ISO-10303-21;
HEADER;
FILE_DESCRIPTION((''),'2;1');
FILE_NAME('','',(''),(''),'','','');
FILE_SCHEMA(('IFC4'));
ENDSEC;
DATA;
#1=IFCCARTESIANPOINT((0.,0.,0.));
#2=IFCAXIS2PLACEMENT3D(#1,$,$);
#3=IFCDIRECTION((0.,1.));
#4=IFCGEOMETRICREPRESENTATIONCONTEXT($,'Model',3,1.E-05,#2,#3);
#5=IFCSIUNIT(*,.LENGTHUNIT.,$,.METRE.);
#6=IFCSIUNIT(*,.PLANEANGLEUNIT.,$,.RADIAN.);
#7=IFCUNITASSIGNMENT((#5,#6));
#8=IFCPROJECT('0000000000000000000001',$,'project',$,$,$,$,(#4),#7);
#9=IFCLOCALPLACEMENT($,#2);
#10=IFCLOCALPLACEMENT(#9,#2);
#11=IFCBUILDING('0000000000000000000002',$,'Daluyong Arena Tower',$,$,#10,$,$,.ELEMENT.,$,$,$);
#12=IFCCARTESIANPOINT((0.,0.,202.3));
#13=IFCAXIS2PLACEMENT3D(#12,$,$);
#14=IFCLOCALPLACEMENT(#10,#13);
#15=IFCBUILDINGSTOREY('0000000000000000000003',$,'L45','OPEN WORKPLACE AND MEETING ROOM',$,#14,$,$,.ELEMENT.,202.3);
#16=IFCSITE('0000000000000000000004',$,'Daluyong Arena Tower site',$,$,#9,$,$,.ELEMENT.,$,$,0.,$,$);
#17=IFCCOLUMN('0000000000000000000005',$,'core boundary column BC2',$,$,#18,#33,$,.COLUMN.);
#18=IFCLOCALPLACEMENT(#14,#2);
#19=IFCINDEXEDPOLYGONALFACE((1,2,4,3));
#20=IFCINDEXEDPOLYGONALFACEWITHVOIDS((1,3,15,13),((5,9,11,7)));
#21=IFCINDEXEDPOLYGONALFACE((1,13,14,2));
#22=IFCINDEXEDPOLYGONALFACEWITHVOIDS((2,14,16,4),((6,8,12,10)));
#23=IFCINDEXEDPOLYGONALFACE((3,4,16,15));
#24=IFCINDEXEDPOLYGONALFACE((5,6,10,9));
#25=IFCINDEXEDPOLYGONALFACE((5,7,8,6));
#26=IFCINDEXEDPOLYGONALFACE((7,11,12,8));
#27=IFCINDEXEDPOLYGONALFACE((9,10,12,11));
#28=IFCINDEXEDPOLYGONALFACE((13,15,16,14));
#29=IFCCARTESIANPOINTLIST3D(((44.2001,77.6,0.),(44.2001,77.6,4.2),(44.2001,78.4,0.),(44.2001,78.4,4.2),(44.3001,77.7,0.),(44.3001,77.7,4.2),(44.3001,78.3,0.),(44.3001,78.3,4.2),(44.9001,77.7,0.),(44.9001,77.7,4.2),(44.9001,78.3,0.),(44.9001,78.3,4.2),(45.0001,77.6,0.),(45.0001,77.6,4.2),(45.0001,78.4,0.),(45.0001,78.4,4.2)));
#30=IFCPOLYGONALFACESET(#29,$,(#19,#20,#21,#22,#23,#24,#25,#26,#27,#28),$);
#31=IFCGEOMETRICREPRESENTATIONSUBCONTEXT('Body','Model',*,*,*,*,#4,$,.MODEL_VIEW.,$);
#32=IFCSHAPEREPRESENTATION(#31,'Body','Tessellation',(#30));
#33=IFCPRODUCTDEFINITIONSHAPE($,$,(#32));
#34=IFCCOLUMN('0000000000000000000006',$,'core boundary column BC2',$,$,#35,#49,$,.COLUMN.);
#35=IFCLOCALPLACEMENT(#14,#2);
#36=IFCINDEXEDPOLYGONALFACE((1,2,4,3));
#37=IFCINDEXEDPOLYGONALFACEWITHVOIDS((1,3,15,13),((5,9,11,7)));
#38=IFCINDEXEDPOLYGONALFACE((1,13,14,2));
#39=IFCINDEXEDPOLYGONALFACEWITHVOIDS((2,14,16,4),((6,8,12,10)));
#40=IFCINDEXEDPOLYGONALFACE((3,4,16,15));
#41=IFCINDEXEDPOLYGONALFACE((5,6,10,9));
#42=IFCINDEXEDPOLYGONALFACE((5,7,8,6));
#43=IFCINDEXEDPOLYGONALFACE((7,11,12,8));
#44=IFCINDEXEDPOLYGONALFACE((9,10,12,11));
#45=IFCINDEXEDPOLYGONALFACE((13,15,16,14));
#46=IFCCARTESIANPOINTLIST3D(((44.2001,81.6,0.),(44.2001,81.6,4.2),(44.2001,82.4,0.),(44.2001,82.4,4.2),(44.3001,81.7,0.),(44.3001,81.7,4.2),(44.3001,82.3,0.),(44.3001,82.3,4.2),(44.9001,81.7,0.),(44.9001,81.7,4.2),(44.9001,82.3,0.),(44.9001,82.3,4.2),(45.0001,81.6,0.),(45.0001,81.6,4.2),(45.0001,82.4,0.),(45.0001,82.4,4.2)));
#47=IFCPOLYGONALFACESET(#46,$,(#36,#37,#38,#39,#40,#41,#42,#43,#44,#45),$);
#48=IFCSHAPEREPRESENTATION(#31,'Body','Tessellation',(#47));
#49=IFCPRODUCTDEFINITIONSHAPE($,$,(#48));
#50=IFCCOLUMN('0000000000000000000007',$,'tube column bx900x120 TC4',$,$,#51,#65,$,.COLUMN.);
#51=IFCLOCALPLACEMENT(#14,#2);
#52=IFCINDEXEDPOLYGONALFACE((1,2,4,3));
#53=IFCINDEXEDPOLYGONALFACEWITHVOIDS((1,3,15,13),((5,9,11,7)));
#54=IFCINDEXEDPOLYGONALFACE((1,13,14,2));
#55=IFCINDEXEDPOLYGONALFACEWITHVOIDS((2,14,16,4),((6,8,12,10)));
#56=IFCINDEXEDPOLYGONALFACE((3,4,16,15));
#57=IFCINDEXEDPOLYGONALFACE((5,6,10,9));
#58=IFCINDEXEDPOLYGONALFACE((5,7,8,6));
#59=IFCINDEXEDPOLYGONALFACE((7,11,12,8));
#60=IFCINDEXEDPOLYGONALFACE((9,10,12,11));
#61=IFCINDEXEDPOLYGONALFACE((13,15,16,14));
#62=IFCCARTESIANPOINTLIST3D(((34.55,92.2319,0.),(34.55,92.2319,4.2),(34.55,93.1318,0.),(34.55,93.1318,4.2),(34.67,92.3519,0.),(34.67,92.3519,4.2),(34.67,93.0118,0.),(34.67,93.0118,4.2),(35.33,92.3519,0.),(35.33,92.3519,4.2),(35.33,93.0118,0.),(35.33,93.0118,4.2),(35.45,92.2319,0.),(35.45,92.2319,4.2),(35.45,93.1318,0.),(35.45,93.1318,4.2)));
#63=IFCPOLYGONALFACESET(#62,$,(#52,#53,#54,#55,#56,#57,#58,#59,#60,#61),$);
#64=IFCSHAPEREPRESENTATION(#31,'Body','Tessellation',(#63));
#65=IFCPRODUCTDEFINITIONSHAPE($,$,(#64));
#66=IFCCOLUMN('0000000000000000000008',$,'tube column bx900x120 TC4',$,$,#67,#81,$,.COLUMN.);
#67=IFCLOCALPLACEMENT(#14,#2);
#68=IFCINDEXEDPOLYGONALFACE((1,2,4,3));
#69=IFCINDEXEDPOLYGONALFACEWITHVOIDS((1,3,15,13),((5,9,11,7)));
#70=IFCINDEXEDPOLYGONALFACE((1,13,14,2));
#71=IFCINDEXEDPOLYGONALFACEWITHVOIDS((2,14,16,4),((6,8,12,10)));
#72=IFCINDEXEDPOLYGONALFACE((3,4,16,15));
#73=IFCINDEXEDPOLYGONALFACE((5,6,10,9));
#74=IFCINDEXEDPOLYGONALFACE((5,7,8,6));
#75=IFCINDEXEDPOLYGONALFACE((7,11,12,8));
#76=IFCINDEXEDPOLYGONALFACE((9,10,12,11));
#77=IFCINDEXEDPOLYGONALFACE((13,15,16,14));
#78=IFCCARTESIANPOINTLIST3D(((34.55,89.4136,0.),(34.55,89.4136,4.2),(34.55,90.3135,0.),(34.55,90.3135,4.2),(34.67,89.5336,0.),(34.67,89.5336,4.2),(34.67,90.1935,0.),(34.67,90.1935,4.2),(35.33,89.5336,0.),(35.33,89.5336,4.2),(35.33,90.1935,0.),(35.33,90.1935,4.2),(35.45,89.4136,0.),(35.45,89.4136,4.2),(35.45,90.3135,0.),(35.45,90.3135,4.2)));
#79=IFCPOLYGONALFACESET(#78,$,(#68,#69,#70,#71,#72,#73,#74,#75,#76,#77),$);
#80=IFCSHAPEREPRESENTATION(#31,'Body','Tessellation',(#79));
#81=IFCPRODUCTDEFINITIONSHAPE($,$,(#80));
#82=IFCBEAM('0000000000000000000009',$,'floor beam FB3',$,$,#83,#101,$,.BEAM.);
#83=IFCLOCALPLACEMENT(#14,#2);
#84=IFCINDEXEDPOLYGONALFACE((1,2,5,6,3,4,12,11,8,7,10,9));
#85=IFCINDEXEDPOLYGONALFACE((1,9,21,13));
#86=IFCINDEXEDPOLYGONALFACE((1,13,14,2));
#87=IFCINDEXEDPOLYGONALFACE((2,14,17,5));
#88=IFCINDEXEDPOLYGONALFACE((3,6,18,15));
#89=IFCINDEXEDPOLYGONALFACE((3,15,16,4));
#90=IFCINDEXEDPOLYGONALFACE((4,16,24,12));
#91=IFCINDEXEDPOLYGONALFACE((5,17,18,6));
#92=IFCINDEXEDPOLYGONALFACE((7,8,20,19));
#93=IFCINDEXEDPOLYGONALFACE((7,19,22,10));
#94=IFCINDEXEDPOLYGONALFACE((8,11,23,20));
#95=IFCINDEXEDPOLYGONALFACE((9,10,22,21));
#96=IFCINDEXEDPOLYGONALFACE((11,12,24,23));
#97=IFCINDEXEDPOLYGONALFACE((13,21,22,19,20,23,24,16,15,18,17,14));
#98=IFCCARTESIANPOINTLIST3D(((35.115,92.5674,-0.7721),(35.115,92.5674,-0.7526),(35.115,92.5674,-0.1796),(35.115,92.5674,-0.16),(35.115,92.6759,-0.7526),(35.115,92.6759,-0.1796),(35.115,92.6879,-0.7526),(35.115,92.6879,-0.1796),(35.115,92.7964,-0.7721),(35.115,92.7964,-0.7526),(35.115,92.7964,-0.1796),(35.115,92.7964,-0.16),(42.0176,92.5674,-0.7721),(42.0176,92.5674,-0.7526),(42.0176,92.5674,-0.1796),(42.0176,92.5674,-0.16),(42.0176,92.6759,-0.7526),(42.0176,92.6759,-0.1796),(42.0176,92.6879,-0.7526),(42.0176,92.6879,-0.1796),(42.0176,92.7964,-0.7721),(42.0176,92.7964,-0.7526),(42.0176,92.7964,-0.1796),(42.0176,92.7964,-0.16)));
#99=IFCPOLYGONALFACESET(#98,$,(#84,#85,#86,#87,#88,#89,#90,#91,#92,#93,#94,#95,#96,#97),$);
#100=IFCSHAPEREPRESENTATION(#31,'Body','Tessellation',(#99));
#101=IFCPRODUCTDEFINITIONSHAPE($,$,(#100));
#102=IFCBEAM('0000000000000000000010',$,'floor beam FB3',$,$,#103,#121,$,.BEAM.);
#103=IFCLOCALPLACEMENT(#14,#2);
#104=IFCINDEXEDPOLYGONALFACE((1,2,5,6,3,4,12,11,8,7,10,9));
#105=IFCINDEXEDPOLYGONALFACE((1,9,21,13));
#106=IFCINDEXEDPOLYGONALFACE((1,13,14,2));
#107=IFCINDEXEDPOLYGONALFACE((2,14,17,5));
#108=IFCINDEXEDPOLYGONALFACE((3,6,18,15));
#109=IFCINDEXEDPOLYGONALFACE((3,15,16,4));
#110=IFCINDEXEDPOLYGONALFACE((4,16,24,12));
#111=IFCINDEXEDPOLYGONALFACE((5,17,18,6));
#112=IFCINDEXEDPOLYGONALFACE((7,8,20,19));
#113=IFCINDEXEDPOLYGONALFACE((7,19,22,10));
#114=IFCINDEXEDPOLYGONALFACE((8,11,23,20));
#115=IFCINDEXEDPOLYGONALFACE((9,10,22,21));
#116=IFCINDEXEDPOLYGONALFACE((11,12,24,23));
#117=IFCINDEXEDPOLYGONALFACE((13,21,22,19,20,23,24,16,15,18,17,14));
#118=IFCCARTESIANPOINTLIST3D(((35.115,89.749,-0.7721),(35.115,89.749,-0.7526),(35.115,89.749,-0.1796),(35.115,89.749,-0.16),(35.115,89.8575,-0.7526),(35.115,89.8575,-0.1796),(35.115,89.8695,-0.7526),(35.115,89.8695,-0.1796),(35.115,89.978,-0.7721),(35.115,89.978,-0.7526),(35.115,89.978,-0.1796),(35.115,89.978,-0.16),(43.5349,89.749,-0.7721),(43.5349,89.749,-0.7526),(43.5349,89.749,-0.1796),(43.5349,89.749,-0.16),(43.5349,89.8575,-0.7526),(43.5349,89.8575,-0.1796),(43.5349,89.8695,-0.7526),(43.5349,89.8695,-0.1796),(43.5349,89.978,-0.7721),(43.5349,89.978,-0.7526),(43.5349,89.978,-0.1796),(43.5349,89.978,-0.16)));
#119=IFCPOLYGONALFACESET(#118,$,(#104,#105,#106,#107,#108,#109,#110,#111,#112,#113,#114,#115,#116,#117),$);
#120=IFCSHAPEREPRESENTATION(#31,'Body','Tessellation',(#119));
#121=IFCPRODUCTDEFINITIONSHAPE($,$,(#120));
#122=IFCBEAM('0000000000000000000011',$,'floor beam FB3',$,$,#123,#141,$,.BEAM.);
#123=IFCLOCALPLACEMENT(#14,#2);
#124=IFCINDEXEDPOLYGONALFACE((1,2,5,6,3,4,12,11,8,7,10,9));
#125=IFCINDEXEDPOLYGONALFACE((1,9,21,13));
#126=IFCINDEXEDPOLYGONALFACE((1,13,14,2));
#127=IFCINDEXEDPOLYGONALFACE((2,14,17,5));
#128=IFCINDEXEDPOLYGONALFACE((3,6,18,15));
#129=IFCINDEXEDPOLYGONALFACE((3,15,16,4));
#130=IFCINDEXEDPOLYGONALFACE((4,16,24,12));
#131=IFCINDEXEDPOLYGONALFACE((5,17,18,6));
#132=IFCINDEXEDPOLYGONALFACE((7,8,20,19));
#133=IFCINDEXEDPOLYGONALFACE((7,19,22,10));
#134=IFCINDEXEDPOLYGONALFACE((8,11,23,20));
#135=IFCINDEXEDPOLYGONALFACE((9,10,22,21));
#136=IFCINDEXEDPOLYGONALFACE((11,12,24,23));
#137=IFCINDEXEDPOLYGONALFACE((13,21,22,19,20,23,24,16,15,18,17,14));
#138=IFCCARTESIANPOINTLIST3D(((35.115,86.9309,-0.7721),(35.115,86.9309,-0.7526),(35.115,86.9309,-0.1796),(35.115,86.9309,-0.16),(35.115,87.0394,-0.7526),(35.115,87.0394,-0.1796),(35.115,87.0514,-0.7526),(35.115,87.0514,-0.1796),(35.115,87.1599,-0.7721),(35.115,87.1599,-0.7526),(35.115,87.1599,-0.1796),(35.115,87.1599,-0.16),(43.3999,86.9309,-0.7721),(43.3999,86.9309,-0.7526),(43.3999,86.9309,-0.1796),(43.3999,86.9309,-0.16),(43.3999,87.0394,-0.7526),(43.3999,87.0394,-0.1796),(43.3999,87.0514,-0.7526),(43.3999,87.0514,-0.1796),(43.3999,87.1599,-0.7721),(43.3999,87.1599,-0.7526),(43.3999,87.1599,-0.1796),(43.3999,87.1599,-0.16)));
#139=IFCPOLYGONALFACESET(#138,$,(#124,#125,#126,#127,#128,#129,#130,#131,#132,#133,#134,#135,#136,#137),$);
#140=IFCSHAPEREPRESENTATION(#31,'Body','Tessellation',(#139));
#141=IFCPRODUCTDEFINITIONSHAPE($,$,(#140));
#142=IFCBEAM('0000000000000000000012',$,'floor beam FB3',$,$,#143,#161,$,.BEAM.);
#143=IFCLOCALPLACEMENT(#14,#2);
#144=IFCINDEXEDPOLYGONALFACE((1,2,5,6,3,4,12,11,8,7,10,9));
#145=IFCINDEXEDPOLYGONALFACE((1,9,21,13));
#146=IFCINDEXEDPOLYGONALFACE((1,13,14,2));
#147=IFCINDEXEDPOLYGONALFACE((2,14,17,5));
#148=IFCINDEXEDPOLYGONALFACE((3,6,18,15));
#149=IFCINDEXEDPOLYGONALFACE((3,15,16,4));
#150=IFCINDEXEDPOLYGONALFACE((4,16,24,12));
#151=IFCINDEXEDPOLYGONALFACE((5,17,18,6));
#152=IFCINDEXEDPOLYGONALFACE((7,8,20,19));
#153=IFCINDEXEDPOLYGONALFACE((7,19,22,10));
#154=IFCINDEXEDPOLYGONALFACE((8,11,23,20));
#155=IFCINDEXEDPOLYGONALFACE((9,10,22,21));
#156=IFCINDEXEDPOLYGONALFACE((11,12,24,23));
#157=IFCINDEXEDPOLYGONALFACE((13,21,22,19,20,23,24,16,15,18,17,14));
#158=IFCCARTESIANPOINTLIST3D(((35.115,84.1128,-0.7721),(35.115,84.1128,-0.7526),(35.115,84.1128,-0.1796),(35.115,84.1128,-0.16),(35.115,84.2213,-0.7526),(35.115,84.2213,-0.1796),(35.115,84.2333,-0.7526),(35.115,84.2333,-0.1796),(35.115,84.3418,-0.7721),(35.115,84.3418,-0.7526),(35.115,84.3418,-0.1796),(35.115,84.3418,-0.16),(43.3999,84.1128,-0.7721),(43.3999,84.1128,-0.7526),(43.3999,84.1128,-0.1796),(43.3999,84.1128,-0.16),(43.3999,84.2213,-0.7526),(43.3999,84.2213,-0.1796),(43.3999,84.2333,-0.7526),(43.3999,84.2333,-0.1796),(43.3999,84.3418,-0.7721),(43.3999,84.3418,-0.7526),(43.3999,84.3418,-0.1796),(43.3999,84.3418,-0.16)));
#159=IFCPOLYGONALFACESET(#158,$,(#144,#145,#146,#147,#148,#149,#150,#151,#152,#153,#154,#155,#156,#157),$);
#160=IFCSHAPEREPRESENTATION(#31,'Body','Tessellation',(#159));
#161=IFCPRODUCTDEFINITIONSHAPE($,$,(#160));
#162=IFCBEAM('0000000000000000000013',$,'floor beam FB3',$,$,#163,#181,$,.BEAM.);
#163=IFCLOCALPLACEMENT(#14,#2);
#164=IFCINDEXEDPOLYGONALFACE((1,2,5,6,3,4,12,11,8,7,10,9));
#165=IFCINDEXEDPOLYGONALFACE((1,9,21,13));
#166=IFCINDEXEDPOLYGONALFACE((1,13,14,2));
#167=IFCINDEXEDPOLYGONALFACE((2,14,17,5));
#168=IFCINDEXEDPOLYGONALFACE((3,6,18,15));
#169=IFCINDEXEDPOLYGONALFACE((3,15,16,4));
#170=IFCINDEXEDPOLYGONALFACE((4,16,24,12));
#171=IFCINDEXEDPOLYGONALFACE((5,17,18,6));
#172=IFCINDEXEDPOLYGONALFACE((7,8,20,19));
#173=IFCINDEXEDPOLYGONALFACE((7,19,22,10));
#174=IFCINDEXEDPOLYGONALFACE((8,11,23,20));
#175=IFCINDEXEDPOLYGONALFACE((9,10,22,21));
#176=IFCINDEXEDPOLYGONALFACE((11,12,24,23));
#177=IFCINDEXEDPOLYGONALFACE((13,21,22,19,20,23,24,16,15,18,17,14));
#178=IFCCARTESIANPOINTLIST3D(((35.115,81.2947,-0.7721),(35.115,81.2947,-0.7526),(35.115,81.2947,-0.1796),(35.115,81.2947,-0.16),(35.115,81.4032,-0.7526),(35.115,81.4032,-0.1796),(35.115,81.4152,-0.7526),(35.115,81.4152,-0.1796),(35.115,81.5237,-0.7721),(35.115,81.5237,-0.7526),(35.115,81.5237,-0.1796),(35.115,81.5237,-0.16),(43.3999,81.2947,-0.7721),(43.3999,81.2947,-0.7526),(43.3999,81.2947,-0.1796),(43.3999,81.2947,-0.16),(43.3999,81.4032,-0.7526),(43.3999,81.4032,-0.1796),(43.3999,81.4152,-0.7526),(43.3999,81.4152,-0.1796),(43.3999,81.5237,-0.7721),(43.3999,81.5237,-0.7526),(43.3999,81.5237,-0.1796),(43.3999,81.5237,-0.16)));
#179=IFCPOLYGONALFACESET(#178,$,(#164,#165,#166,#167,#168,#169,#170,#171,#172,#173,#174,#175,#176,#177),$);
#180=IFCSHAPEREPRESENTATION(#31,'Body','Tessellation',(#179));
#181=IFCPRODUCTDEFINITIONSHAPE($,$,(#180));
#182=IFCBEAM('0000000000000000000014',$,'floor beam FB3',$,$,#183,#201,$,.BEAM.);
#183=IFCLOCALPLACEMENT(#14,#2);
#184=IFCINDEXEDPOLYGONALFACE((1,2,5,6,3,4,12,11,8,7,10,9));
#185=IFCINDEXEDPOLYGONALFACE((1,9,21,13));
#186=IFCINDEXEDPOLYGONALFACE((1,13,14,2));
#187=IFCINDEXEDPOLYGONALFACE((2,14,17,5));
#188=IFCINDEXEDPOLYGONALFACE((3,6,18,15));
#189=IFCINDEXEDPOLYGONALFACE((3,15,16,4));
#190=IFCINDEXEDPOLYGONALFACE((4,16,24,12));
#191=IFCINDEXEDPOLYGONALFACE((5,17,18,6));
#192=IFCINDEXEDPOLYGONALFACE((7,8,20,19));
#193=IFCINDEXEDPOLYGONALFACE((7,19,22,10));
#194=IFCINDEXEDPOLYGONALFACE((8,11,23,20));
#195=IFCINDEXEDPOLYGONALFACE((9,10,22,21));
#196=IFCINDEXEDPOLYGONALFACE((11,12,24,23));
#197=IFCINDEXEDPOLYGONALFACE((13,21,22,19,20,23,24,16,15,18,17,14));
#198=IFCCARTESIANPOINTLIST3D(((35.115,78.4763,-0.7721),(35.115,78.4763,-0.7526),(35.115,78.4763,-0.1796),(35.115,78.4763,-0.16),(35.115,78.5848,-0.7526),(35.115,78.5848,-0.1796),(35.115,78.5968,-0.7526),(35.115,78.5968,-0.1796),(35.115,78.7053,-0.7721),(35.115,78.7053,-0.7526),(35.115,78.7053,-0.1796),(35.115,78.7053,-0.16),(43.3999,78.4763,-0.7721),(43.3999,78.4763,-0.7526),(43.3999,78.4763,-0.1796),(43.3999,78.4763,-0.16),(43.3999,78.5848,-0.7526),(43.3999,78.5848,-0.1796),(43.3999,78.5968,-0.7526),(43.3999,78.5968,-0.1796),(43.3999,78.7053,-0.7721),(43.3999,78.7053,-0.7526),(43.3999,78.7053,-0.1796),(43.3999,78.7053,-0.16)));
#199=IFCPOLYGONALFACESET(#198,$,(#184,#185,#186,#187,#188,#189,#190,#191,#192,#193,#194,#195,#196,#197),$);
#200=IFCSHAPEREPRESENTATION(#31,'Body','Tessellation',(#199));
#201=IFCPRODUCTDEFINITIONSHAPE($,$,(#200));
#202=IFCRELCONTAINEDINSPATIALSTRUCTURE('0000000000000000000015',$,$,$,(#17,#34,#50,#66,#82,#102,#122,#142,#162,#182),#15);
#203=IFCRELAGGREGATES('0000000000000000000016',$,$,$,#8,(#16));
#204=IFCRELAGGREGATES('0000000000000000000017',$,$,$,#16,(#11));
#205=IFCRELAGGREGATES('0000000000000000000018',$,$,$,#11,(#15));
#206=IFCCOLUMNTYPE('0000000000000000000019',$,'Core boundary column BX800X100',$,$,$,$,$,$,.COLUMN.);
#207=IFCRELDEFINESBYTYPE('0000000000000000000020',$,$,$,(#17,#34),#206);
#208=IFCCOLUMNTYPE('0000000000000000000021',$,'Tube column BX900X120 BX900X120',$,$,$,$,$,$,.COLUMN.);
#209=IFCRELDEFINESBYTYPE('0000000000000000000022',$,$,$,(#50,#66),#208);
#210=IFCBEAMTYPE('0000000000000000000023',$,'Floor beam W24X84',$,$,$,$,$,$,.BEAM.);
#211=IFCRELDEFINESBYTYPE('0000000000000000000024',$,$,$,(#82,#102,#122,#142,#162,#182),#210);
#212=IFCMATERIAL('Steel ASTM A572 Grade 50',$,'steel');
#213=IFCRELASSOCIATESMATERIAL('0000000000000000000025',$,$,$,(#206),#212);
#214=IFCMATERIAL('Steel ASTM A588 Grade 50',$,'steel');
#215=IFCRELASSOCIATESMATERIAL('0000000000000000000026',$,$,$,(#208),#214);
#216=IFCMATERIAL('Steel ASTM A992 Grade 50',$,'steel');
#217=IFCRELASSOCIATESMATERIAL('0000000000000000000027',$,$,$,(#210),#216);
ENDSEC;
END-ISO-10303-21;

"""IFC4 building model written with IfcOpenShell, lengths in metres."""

from ifc_helpers import new_model, si_unit, direction, frame, origin, origin_2d, place, context, subcontext, project, spatial, hollow_rectangle, i_section, extrude, material, material_profile, profile_set, type_object, element, save


model = new_model("IFC4")

# Units and contexts
model_context = context("Model", 3, precision=1e-05, world=origin(), true_north=direction((0.0, 1.0)))
body_context = subcontext(model_context, "Body", "Model", "MODEL_VIEW")
ifc_project = project(units=[si_unit("LENGTHUNIT", "METRE"), si_unit("PLANEANGLEUNIT", "RADIAN")], contexts=[model_context])

# Site, building, storey
site_placement = place(None, origin())
site = spatial("IfcSite", under=ifc_project, at=site_placement, Name="Daluyong Arena Tower site", CompositionType="ELEMENT", RefElevation=0.0)
building_placement = place(site_placement, origin())
building = spatial("IfcBuilding", under=site, at=building_placement, Name="Daluyong Arena Tower", CompositionType="ELEMENT")
storey_placement = place(building_placement, frame((0.0, 0.0, 202.3)))
storey = spatial("IfcBuildingStorey", under=building, at=storey_placement, Name="L45", Description="OPEN WORKPLACE AND MEETING ROOM", CompositionType="ELEMENT", Elevation=202.3)

# Columns
ifc_material_1 = material(Name="Steel ASTM A572 Grade 50", Category="steel")
ifc_material_profile_1 = material_profile(ifc_material_1, hollow_rectangle(XDim=0.8, YDim=0.8, WallThickness=0.1, at=origin_2d()))
ifc_profile_set_1 = profile_set([ifc_material_profile_1], Name="Steel ASTM A572 Grade 50")
column_type_1 = type_object("IfcColumnType", Name="Core boundary column BX800X100", PredefinedType="COLUMN", material=ifc_profile_set_1)
for number, where, z_axis, x_axis, name in (
    (1, (44.6001, 78.0, 0.0), (0.0, 0.0, 1.0), (1.0, 0.0, 0.0), "core boundary column BC2"),
    (2, (44.6001, 82.0, 0.0), (0.0, 0.0, 1.0), (1.0, 0.0, 0.0), "core boundary column BC2"),
):
    element("IfcColumn", number, at=place(storey_placement, frame(where, z_axis=z_axis, x_axis=x_axis)), inside=storey, type_object=column_type_1, Name=name, PredefinedType="COLUMN", context=body_context, shape_type="SweptSolid", body=[
        extrude(hollow_rectangle(XDim=0.8, YDim=0.8, WallThickness=0.1, at=origin_2d()), origin(), (0.0, 0.0, 1.0), 4.2),
    ])
ifc_material_2 = material(Name="Steel ASTM A588 Grade 50", Category="steel")
ifc_material_profile_2 = material_profile(ifc_material_2, hollow_rectangle(XDim=0.8999, YDim=0.8999, WallThickness=0.12, at=origin_2d()))
ifc_profile_set_2 = profile_set([ifc_material_profile_2], Name="Steel ASTM A588 Grade 50")
column_type_2 = type_object("IfcColumnType", Name="Tube column BX900X120 BX900X120", PredefinedType="COLUMN", material=ifc_profile_set_2)
for number, where, z_axis, x_axis, name in (
    (3, (35.0, 92.6819, 0.0), (0.0, 0.0, 1.0), (0.0, 1.0, 0.0), "tube column bx900x120 TC4"),
    (4, (35.0, 89.8635, 0.0), (0.0, 0.0, 1.0), (0.0, 1.0, 0.0), "tube column bx900x120 TC4"),
):
    element("IfcColumn", number, at=place(storey_placement, frame(where, z_axis=z_axis, x_axis=x_axis)), inside=storey, type_object=column_type_2, Name=name, PredefinedType="COLUMN", context=body_context, shape_type="SweptSolid", body=[
        extrude(hollow_rectangle(XDim=0.8999, YDim=0.8999, WallThickness=0.12, at=origin_2d()), origin(), (0.0, 0.0, 1.0), 4.2),
    ])

# Beams
ifc_material_3 = material(Name="Steel ASTM A992 Grade 50", Category="steel")
ifc_material_profile_3 = material_profile(ifc_material_3, i_section(OverallWidth=0.229, OverallDepth=0.6121, WebThickness=0.012, FlangeThickness=0.0195, at=origin_2d()))
ifc_profile_set_3 = profile_set([ifc_material_profile_3], Name="Steel ASTM A992 Grade 50")
beam_type_1 = type_object("IfcBeamType", Name="Floor beam W24X84", PredefinedType="BEAM", material=ifc_profile_set_3)
beam_1_placement = place(storey_placement, frame((35.115, 92.6819, -0.4661), z_axis=(1.0, 0.0, 0.0), x_axis=(0.0, 1.0, 0.0)))
element("IfcBeam", 5, at=beam_1_placement, inside=storey, type_object=beam_type_1, Name="floor beam FB3", PredefinedType="BEAM", context=body_context, shape_type="SweptSolid", body=[
    extrude(i_section(OverallWidth=0.229, OverallDepth=0.6121, WebThickness=0.012, FlangeThickness=0.0195, at=origin_2d()), origin(), (0.0, 0.0, 1.0), 6.9026),
])
beam_2_placement = place(storey_placement, frame((35.115, 89.8635, -0.4661), z_axis=(1.0, 0.0, 0.0), x_axis=(0.0, 1.0, 0.0)))
element("IfcBeam", 6, at=beam_2_placement, inside=storey, type_object=beam_type_1, Name="floor beam FB3", PredefinedType="BEAM", context=body_context, shape_type="SweptSolid", body=[
    extrude(i_section(OverallWidth=0.229, OverallDepth=0.6121, WebThickness=0.012, FlangeThickness=0.0195, at=origin_2d()), origin(), (0.0, 0.0, 1.0), 8.4199),
])
for number, where, z_axis, x_axis, name in (
    (7, (35.115, 87.0454, -0.4661), (1.0, 0.0, 0.0), (0.0, 1.0, 0.0), "floor beam FB3"),
    (8, (35.115, 84.2273, -0.4661), (1.0, 0.0, 0.0), (0.0, 1.0, 0.0), "floor beam FB3"),
    (9, (35.115, 81.4092, -0.4661), (1.0, 0.0, 0.0), (0.0, 1.0, 0.0), "floor beam FB3"),
    (10, (35.115, 78.5908, -0.4661), (1.0, 0.0, 0.0), (0.0, 1.0, 0.0), "floor beam FB3"),
):
    element("IfcBeam", number, at=place(storey_placement, frame(where, z_axis=z_axis, x_axis=x_axis)), inside=storey, type_object=beam_type_1, Name=name, PredefinedType="BEAM", context=body_context, shape_type="SweptSolid", body=[
        extrude(i_section(OverallWidth=0.229, OverallDepth=0.6121, WebThickness=0.012, FlangeThickness=0.0195, at=origin_2d()), origin(), (0.0, 0.0, 1.0), 8.2849),
    ])

save(model, "model.ifc")
